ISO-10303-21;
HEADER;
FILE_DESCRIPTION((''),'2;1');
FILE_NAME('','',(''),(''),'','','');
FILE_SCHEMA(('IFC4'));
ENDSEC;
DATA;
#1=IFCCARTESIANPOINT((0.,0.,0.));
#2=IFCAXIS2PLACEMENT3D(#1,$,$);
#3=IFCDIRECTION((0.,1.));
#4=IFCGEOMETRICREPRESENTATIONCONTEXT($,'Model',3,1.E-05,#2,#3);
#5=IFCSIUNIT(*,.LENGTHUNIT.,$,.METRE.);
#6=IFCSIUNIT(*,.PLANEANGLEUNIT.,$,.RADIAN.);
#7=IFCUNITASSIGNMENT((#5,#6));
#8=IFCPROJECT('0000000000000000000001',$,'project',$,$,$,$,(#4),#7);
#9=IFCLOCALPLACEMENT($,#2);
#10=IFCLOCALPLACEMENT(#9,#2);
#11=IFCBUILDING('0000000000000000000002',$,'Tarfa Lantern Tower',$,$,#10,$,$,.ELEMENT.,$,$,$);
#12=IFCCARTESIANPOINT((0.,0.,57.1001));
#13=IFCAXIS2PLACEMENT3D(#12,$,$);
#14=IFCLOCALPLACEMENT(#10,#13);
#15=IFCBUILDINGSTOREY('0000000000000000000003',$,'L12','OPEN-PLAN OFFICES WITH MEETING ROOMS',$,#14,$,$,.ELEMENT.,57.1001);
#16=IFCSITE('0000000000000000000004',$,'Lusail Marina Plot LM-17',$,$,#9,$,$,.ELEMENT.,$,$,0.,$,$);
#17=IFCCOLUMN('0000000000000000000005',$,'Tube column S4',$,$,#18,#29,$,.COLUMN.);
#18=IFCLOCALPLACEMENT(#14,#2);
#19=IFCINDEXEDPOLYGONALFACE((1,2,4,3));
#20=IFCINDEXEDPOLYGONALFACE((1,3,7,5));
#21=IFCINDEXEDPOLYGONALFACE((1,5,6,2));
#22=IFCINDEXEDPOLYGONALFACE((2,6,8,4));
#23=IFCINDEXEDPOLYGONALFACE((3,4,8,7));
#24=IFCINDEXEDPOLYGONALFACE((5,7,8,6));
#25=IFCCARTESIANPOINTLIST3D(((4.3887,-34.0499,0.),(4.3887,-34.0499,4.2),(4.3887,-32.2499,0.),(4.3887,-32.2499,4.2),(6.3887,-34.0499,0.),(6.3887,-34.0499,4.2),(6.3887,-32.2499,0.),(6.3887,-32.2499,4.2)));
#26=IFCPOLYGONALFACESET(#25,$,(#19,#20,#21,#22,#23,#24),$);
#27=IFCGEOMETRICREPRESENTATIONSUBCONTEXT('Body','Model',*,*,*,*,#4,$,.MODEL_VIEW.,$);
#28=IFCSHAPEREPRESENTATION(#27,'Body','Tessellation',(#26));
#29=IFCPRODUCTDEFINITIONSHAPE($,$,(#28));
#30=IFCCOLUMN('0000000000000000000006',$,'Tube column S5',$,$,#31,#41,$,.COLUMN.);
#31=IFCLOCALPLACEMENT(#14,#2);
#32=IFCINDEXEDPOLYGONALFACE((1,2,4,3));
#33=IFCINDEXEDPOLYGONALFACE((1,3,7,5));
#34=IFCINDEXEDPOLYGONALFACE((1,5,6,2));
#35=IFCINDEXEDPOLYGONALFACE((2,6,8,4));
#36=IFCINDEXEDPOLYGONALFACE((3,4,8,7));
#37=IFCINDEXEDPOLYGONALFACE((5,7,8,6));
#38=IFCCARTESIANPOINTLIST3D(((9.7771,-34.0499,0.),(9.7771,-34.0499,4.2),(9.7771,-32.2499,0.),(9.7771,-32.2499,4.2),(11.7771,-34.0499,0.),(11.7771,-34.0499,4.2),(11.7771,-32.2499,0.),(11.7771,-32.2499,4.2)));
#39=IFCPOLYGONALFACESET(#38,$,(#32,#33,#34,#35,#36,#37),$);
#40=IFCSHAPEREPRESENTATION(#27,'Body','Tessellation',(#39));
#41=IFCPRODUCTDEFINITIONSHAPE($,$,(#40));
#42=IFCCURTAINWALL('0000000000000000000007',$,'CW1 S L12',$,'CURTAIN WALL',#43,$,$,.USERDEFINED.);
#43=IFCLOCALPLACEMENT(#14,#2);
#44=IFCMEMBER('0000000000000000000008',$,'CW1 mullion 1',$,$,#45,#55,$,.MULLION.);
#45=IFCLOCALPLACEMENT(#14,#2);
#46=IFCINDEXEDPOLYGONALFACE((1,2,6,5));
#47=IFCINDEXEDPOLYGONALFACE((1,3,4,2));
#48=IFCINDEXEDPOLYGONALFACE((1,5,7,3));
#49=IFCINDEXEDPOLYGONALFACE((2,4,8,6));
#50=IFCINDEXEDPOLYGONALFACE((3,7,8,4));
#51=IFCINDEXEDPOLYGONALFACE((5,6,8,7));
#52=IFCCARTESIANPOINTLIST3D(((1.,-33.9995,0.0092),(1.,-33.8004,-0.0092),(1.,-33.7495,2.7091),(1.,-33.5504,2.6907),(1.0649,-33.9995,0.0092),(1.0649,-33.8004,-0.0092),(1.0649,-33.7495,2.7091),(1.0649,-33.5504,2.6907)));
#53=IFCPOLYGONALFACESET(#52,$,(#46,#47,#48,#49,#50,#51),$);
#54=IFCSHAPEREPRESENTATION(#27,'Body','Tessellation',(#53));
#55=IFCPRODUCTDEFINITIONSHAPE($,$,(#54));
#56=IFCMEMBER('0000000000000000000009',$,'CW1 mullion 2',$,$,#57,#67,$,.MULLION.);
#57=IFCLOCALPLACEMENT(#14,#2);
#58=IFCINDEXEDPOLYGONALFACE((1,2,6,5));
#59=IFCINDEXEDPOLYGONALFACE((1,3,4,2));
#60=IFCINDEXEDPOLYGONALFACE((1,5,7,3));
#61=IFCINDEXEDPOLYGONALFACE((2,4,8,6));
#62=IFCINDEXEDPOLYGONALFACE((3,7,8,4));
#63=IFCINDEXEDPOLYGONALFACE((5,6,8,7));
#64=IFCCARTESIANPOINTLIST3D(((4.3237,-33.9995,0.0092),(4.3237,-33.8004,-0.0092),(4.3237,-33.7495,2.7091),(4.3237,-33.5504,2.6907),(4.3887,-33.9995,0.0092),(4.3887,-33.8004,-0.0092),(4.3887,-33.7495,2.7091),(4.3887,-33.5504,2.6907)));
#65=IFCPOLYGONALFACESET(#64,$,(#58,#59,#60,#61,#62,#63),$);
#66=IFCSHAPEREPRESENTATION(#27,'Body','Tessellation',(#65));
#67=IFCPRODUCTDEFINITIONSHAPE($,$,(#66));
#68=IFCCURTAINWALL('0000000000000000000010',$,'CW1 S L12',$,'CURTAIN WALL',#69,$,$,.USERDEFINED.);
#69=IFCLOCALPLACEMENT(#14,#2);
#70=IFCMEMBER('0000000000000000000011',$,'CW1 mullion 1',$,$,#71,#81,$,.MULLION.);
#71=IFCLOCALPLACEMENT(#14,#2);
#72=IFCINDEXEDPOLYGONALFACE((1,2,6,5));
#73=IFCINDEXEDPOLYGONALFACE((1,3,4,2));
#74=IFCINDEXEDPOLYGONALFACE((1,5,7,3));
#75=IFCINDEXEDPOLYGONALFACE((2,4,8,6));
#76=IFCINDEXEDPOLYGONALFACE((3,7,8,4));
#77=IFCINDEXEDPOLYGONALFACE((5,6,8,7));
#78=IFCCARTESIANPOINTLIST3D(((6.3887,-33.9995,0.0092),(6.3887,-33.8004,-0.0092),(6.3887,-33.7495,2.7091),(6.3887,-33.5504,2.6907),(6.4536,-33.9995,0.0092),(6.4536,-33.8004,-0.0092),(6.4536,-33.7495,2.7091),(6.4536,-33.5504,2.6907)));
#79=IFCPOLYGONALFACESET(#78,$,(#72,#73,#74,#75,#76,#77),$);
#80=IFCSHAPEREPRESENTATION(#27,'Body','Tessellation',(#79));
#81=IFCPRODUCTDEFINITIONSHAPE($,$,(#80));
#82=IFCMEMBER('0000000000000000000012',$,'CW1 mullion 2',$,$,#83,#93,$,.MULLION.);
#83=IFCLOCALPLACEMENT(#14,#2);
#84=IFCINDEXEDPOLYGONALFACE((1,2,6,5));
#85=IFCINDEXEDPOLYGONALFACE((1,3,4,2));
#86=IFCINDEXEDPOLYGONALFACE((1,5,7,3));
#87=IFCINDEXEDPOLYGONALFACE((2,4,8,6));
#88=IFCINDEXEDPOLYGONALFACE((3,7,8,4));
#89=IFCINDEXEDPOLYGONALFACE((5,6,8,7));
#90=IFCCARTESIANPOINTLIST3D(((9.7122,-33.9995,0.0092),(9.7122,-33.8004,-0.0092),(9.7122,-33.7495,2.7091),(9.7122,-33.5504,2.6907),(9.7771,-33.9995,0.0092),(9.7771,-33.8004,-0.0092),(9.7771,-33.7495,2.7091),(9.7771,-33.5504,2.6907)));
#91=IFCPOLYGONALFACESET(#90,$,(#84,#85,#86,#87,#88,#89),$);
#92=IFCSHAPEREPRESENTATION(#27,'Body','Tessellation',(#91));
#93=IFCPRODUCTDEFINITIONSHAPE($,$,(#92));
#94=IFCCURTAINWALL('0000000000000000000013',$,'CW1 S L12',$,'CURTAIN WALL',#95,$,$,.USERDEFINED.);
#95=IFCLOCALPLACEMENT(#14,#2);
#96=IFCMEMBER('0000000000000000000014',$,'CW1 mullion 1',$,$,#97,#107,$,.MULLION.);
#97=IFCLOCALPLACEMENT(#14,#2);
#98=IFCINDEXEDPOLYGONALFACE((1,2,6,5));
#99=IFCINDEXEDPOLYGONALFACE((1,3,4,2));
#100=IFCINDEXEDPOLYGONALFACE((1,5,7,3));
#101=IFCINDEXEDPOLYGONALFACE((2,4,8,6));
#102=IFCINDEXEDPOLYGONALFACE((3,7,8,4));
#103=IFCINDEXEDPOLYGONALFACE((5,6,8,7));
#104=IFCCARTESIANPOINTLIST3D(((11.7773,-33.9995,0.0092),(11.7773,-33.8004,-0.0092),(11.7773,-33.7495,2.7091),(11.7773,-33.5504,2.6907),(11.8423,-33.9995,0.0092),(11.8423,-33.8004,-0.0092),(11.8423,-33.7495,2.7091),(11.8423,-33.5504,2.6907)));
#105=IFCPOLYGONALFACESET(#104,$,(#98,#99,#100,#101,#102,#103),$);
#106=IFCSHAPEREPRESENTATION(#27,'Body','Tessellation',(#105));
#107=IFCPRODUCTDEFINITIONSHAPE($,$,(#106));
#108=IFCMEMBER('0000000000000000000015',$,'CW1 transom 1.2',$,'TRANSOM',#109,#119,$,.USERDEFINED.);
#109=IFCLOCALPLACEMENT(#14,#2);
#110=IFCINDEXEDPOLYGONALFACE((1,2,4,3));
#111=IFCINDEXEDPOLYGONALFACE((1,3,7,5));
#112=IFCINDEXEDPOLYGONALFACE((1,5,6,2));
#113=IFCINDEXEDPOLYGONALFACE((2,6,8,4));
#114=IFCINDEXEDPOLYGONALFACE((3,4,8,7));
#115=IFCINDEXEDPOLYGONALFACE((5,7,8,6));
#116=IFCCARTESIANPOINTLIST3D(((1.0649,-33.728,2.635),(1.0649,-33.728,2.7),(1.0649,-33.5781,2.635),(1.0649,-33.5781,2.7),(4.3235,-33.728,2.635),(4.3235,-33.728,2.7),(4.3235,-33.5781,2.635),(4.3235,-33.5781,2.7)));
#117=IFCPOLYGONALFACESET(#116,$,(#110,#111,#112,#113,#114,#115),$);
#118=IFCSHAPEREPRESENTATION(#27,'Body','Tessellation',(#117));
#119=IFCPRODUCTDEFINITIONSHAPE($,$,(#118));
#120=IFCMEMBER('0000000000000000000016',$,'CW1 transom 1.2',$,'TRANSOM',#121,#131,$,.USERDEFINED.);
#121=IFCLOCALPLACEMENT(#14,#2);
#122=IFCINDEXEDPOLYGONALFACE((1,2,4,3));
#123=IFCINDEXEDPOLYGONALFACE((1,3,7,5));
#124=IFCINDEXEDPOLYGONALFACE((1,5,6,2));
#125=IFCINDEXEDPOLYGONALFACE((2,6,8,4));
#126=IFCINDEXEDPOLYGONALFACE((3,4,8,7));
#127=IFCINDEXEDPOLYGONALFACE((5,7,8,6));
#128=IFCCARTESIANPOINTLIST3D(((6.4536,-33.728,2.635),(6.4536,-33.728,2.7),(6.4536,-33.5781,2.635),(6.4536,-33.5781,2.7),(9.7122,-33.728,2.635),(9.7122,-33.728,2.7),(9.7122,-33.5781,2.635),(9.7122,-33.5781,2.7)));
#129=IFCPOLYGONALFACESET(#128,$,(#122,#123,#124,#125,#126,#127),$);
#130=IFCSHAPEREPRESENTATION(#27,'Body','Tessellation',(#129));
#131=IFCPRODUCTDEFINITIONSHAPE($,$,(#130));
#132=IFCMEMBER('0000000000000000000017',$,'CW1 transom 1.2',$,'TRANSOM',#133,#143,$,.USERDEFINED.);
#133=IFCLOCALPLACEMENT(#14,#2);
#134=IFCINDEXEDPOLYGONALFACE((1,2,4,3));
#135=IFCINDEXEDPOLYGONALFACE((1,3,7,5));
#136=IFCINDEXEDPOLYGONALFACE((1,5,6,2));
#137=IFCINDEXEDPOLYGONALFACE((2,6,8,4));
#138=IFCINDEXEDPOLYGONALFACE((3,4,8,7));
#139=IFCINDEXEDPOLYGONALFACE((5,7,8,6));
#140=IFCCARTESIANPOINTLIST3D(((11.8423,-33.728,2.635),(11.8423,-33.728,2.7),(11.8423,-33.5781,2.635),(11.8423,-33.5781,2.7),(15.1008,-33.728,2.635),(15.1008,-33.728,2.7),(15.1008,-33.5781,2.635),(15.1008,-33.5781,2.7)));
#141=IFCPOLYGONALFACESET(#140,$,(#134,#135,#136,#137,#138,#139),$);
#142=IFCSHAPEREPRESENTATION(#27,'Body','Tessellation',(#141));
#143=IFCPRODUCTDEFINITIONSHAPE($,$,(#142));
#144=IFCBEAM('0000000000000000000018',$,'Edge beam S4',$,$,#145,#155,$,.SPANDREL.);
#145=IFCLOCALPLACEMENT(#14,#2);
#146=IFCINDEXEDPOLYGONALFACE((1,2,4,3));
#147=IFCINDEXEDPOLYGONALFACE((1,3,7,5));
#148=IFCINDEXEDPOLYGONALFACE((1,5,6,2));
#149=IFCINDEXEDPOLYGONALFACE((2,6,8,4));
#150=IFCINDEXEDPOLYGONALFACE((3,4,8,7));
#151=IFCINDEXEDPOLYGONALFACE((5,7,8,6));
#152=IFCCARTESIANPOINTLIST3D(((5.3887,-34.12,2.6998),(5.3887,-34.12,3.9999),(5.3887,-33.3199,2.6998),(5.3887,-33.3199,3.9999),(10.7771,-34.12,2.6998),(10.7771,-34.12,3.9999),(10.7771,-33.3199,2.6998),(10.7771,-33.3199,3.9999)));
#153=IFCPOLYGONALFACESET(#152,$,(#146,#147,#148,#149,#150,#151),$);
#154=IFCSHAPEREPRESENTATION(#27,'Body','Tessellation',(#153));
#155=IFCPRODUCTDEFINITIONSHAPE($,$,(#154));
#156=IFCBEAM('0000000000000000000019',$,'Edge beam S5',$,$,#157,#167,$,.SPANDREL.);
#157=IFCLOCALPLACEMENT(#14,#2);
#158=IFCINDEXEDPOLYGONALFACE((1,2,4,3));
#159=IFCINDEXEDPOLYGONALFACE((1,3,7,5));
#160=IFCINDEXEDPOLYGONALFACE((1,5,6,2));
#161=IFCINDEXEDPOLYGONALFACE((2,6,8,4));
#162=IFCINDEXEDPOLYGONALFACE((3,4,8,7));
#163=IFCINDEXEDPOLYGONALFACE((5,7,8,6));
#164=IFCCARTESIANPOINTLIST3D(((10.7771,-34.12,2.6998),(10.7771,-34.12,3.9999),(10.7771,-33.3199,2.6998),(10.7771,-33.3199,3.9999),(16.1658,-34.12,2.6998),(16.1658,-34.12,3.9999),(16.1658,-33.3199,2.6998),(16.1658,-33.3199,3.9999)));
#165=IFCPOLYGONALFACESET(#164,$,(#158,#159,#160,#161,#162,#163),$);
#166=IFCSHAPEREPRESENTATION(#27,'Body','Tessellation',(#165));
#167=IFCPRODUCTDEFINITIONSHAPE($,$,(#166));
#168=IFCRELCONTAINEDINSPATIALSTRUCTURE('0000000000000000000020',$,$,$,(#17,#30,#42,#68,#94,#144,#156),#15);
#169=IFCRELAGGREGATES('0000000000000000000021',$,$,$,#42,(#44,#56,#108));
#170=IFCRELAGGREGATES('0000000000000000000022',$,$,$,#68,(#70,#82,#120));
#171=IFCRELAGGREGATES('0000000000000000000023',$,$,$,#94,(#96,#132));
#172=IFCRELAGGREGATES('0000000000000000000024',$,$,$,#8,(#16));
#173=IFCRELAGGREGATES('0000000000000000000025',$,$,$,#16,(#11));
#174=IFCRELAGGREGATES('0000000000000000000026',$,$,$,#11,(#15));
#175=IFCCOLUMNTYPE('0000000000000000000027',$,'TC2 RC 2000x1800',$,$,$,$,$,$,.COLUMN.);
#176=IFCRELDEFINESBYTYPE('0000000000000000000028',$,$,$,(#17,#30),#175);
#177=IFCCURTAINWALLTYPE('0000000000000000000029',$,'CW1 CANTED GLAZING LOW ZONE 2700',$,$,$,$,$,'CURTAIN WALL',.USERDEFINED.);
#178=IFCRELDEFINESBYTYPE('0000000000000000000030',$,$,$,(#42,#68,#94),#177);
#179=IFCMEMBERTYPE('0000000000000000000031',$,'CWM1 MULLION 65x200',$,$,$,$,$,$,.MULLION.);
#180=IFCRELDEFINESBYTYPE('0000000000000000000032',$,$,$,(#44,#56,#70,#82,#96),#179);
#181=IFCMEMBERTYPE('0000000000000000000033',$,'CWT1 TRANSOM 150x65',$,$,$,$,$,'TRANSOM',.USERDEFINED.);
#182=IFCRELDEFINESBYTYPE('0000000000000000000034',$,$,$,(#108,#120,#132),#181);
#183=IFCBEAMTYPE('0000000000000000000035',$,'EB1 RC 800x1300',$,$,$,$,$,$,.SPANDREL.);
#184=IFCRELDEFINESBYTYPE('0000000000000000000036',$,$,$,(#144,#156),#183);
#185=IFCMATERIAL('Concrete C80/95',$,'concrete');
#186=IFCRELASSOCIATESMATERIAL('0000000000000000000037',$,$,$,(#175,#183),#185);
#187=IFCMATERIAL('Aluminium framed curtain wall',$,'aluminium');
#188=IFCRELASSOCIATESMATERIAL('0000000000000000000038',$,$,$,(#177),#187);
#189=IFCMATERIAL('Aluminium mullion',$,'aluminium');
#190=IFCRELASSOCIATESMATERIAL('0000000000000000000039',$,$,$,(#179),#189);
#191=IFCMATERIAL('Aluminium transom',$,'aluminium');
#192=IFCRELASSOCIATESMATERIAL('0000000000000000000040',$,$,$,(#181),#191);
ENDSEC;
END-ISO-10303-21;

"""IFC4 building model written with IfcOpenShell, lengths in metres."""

from ifc_helpers import new_model, si_unit, direction, frame, origin, origin_2d, place, context, subcontext, project, spatial, rectangle, extrude, material, material_profile, profile_set, type_object, element, aggregate, save


model = new_model("IFC4")

# Units and contexts
model_context = context("Model", 3, precision=1e-05, world=origin(), true_north=direction((0.0, 1.0)))
body_context = subcontext(model_context, "Body", "Model", "MODEL_VIEW")
ifc_project = project(units=[si_unit("LENGTHUNIT", "METRE"), si_unit("PLANEANGLEUNIT", "RADIAN")], contexts=[model_context])

# Site, building, storey
site_placement = place(None, origin())
site = spatial("IfcSite", under=ifc_project, at=site_placement, Name="Lusail Marina Plot LM-17", CompositionType="ELEMENT", RefElevation=0.0)
building_placement = place(site_placement, origin())
building = spatial("IfcBuilding", under=site, at=building_placement, Name="Tarfa Lantern Tower", CompositionType="ELEMENT")
storey_placement = place(building_placement, frame((0.0, 0.0, 57.1001)))
storey = spatial("IfcBuildingStorey", under=building, at=storey_placement, Name="L12", Description="OPEN-PLAN OFFICES WITH MEETING ROOMS", CompositionType="ELEMENT", Elevation=57.1001)

# Columns
ifc_material_1 = material(Name="Concrete C80/95", Category="concrete")
ifc_material_profile_1 = material_profile(ifc_material_1, rectangle(XDim=2.0, YDim=1.8, at=origin_2d()), Name="RC 2000x1800")
ifc_profile_set_1 = profile_set([ifc_material_profile_1], Name="Concrete C80/95")
column_type = type_object("IfcColumnType", Name="TC2 RC 2000x1800", PredefinedType="COLUMN", material=ifc_profile_set_1)
for number, where, z_axis, x_axis, name in (
    (1, (5.3887, -33.1499, 0.0), (0.0, 0.0, 1.0), (1.0, 0.0, 0.0), "Tube column S4"),
    (2, (10.7771, -33.1499, 0.0), (0.0, 0.0, 1.0), (1.0, 0.0, 0.0), "Tube column S5"),
):
    element("IfcColumn", number, at=place(storey_placement, frame(where, z_axis=z_axis, x_axis=x_axis)), inside=storey, type_object=column_type, Name=name, PredefinedType="COLUMN", context=body_context, shape_type="SweptSolid", body=[
        extrude(rectangle(XDim=2.0, YDim=1.8, at=origin_2d()), origin(), (0.0, 0.0, 1.0), 4.2),
    ])

# Curtain walls, members
ifc_material_2 = material(Name="Aluminium framed curtain wall", Category="aluminium")
curtain_wall_type = type_object("IfcCurtainWallType", Name="CW1 CANTED GLAZING LOW ZONE 2700", ElementType="CURTAIN WALL", PredefinedType="USERDEFINED", material=ifc_material_2)
curtain_wall_1_placement = place(storey_placement, origin())
curtain_wall_1 = element("IfcCurtainWall", 3, at=curtain_wall_1_placement, inside=storey, type_object=curtain_wall_type, Name="CW1 S L12", ObjectType="CURTAIN WALL", PredefinedType="USERDEFINED")
ifc_material_3 = material(Name="Aluminium mullion", Category="aluminium")
ifc_material_profile_2 = material_profile(ifc_material_3, rectangle(XDim=0.0649, YDim=0.2, at=origin_2d()), Name="AL MULLION 65x200")
ifc_profile_set_2 = profile_set([ifc_material_profile_2], Name="Aluminium mullion")
member_type_1 = type_object("IfcMemberType", Name="CWM1 MULLION 65x200", PredefinedType="MULLION", material=ifc_profile_set_2)
member_1_placement = place(storey_placement, frame((1.0325, -33.8999, 0.0), z_axis=(0.0, 0.0922, 0.995741), x_axis=(-1.0, 0.0, 0.0)))
member_1 = element("IfcMember", 4, at=member_1_placement, type_object=member_type_1, Name="CW1 mullion 1", PredefinedType="MULLION", context=body_context, shape_type="SweptSolid", body=[
    extrude(rectangle(XDim=0.0649, YDim=0.2, at=origin_2d()), origin(), (0.0, 0.0, 1.0), 2.7114),
])
member_2_placement = place(storey_placement, frame((4.3562, -33.8999, 0.0), z_axis=(0.0, 0.0922, 0.995741), x_axis=(-1.0, 0.0, 0.0)))
member_2 = element("IfcMember", 5, at=member_2_placement, type_object=member_type_1, Name="CW1 mullion 2", PredefinedType="MULLION", context=body_context, shape_type="SweptSolid", body=[
    extrude(rectangle(XDim=0.0649, YDim=0.2, at=origin_2d()), origin(), (0.0, 0.0, 1.0), 2.7114),
])
curtain_wall_2_placement = place(storey_placement, origin())
curtain_wall_2 = element("IfcCurtainWall", 6, at=curtain_wall_2_placement, inside=storey, type_object=curtain_wall_type, Name="CW1 S L12", ObjectType="CURTAIN WALL", PredefinedType="USERDEFINED")
member_3_placement = place(storey_placement, frame((6.4211, -33.8999, 0.0), z_axis=(0.0, 0.0922, 0.995741), x_axis=(-1.0, 0.0, 0.0)))
member_3 = element("IfcMember", 7, at=member_3_placement, type_object=member_type_1, Name="CW1 mullion 1", PredefinedType="MULLION", context=body_context, shape_type="SweptSolid", body=[
    extrude(rectangle(XDim=0.0649, YDim=0.2, at=origin_2d()), origin(), (0.0, 0.0, 1.0), 2.7114),
])
member_4_placement = place(storey_placement, frame((9.7446, -33.8999, 0.0), z_axis=(0.0, 0.0922, 0.995741), x_axis=(-1.0, 0.0, 0.0)))
member_4 = element("IfcMember", 8, at=member_4_placement, type_object=member_type_1, Name="CW1 mullion 2", PredefinedType="MULLION", context=body_context, shape_type="SweptSolid", body=[
    extrude(rectangle(XDim=0.0649, YDim=0.2, at=origin_2d()), origin(), (0.0, 0.0, 1.0), 2.7114),
])

# Curtain wall, member
curtain_wall_3_placement = place(storey_placement, origin())
curtain_wall_3 = element("IfcCurtainWall", 9, at=curtain_wall_3_placement, inside=storey, type_object=curtain_wall_type, Name="CW1 S L12", ObjectType="CURTAIN WALL", PredefinedType="USERDEFINED")
member_5_placement = place(storey_placement, frame((11.8098, -33.8999, 0.0), z_axis=(0.0, 0.0922, 0.995741), x_axis=(-1.0, 0.0, 0.0)))
member_5 = element("IfcMember", 10, at=member_5_placement, type_object=member_type_1, Name="CW1 mullion 1", PredefinedType="MULLION", context=body_context, shape_type="SweptSolid", body=[
    extrude(rectangle(XDim=0.0649, YDim=0.2, at=origin_2d()), origin(), (0.0, 0.0, 1.0), 2.7114),
])

# Members
ifc_material_4 = material(Name="Aluminium transom", Category="aluminium")
ifc_material_profile_3 = material_profile(ifc_material_4, rectangle(XDim=0.1499, YDim=0.0649, at=origin_2d()), Name="AL TRANSOM 150x65")
ifc_profile_set_3 = profile_set([ifc_material_profile_3], Name="Aluminium transom")
member_type_2 = type_object("IfcMemberType", Name="CWT1 TRANSOM 150x65", ElementType="TRANSOM", PredefinedType="USERDEFINED", material=ifc_profile_set_3)
member_6_placement = place(storey_placement, frame((1.0649, -33.6531, 2.6675), z_axis=(1.0, 0.0, 0.0), x_axis=(0.0, 1.0, 0.0)))
member_6 = element("IfcMember", 11, at=member_6_placement, type_object=member_type_2, Name="CW1 transom 1.2", ObjectType="TRANSOM", PredefinedType="USERDEFINED", context=body_context, shape_type="SweptSolid", body=[
    extrude(rectangle(XDim=0.1499, YDim=0.0649, at=origin_2d()), origin(), (0.0, 0.0, 1.0), 3.2585),
])
member_7_placement = place(storey_placement, frame((6.4536, -33.6531, 2.6675), z_axis=(1.0, 0.0, 0.0), x_axis=(0.0, 1.0, 0.0)))
member_7 = element("IfcMember", 12, at=member_7_placement, type_object=member_type_2, Name="CW1 transom 1.2", ObjectType="TRANSOM", PredefinedType="USERDEFINED", context=body_context, shape_type="SweptSolid", body=[
    extrude(rectangle(XDim=0.1499, YDim=0.0649, at=origin_2d()), origin(), (0.0, 0.0, 1.0), 3.2585),
])
member_8_placement = place(storey_placement, frame((11.8423, -33.6531, 2.6675), z_axis=(1.0, 0.0, 0.0), x_axis=(0.0, 1.0, 0.0)))
member_8 = element("IfcMember", 13, at=member_8_placement, type_object=member_type_2, Name="CW1 transom 1.2", ObjectType="TRANSOM", PredefinedType="USERDEFINED", context=body_context, shape_type="SweptSolid", body=[
    extrude(rectangle(XDim=0.1499, YDim=0.0649, at=origin_2d()), origin(), (0.0, 0.0, 1.0), 3.2585),
])

# Beams
ifc_material_profile_4 = material_profile(ifc_material_1, rectangle(XDim=0.8, YDim=1.3, at=origin_2d()), Name="RC 800x1300")
ifc_profile_set_4 = profile_set([ifc_material_profile_4], Name="Concrete C80/95")
beam_type_1 = type_object("IfcBeamType", Name="EB1 RC 800x1300", PredefinedType="SPANDREL", material=ifc_profile_set_4)
beam_1_placement = place(storey_placement, frame((5.3887, -33.72, 3.3499), z_axis=(1.0, 0.0, 0.0), x_axis=(0.0, 1.0, 0.0)))
element("IfcBeam", 14, at=beam_1_placement, inside=storey, type_object=beam_type_1, Name="Edge beam S4", PredefinedType="SPANDREL", context=body_context, shape_type="SweptSolid", body=[
    extrude(rectangle(XDim=0.8, YDim=1.3, at=origin_2d()), origin(), (0.0, 0.0, 1.0), 5.3884),
])
beam_2_placement = place(storey_placement, frame((10.7771, -33.72, 3.3499), z_axis=(1.0, 0.0, 0.0), x_axis=(0.0, 1.0, 0.0)))
element("IfcBeam", 15, at=beam_2_placement, inside=storey, type_object=beam_type_1, Name="Edge beam S5", PredefinedType="SPANDREL", context=body_context, shape_type="SweptSolid", body=[
    extrude(rectangle(XDim=0.8, YDim=1.3, at=origin_2d()), origin(), (0.0, 0.0, 1.0), 5.3887),
])

aggregate(curtain_wall_1, [member_1, member_2, member_6])
aggregate(curtain_wall_2, [member_3, member_4, member_7])
aggregate(curtain_wall_3, [member_5, member_8])

save(model, "model.ifc")
